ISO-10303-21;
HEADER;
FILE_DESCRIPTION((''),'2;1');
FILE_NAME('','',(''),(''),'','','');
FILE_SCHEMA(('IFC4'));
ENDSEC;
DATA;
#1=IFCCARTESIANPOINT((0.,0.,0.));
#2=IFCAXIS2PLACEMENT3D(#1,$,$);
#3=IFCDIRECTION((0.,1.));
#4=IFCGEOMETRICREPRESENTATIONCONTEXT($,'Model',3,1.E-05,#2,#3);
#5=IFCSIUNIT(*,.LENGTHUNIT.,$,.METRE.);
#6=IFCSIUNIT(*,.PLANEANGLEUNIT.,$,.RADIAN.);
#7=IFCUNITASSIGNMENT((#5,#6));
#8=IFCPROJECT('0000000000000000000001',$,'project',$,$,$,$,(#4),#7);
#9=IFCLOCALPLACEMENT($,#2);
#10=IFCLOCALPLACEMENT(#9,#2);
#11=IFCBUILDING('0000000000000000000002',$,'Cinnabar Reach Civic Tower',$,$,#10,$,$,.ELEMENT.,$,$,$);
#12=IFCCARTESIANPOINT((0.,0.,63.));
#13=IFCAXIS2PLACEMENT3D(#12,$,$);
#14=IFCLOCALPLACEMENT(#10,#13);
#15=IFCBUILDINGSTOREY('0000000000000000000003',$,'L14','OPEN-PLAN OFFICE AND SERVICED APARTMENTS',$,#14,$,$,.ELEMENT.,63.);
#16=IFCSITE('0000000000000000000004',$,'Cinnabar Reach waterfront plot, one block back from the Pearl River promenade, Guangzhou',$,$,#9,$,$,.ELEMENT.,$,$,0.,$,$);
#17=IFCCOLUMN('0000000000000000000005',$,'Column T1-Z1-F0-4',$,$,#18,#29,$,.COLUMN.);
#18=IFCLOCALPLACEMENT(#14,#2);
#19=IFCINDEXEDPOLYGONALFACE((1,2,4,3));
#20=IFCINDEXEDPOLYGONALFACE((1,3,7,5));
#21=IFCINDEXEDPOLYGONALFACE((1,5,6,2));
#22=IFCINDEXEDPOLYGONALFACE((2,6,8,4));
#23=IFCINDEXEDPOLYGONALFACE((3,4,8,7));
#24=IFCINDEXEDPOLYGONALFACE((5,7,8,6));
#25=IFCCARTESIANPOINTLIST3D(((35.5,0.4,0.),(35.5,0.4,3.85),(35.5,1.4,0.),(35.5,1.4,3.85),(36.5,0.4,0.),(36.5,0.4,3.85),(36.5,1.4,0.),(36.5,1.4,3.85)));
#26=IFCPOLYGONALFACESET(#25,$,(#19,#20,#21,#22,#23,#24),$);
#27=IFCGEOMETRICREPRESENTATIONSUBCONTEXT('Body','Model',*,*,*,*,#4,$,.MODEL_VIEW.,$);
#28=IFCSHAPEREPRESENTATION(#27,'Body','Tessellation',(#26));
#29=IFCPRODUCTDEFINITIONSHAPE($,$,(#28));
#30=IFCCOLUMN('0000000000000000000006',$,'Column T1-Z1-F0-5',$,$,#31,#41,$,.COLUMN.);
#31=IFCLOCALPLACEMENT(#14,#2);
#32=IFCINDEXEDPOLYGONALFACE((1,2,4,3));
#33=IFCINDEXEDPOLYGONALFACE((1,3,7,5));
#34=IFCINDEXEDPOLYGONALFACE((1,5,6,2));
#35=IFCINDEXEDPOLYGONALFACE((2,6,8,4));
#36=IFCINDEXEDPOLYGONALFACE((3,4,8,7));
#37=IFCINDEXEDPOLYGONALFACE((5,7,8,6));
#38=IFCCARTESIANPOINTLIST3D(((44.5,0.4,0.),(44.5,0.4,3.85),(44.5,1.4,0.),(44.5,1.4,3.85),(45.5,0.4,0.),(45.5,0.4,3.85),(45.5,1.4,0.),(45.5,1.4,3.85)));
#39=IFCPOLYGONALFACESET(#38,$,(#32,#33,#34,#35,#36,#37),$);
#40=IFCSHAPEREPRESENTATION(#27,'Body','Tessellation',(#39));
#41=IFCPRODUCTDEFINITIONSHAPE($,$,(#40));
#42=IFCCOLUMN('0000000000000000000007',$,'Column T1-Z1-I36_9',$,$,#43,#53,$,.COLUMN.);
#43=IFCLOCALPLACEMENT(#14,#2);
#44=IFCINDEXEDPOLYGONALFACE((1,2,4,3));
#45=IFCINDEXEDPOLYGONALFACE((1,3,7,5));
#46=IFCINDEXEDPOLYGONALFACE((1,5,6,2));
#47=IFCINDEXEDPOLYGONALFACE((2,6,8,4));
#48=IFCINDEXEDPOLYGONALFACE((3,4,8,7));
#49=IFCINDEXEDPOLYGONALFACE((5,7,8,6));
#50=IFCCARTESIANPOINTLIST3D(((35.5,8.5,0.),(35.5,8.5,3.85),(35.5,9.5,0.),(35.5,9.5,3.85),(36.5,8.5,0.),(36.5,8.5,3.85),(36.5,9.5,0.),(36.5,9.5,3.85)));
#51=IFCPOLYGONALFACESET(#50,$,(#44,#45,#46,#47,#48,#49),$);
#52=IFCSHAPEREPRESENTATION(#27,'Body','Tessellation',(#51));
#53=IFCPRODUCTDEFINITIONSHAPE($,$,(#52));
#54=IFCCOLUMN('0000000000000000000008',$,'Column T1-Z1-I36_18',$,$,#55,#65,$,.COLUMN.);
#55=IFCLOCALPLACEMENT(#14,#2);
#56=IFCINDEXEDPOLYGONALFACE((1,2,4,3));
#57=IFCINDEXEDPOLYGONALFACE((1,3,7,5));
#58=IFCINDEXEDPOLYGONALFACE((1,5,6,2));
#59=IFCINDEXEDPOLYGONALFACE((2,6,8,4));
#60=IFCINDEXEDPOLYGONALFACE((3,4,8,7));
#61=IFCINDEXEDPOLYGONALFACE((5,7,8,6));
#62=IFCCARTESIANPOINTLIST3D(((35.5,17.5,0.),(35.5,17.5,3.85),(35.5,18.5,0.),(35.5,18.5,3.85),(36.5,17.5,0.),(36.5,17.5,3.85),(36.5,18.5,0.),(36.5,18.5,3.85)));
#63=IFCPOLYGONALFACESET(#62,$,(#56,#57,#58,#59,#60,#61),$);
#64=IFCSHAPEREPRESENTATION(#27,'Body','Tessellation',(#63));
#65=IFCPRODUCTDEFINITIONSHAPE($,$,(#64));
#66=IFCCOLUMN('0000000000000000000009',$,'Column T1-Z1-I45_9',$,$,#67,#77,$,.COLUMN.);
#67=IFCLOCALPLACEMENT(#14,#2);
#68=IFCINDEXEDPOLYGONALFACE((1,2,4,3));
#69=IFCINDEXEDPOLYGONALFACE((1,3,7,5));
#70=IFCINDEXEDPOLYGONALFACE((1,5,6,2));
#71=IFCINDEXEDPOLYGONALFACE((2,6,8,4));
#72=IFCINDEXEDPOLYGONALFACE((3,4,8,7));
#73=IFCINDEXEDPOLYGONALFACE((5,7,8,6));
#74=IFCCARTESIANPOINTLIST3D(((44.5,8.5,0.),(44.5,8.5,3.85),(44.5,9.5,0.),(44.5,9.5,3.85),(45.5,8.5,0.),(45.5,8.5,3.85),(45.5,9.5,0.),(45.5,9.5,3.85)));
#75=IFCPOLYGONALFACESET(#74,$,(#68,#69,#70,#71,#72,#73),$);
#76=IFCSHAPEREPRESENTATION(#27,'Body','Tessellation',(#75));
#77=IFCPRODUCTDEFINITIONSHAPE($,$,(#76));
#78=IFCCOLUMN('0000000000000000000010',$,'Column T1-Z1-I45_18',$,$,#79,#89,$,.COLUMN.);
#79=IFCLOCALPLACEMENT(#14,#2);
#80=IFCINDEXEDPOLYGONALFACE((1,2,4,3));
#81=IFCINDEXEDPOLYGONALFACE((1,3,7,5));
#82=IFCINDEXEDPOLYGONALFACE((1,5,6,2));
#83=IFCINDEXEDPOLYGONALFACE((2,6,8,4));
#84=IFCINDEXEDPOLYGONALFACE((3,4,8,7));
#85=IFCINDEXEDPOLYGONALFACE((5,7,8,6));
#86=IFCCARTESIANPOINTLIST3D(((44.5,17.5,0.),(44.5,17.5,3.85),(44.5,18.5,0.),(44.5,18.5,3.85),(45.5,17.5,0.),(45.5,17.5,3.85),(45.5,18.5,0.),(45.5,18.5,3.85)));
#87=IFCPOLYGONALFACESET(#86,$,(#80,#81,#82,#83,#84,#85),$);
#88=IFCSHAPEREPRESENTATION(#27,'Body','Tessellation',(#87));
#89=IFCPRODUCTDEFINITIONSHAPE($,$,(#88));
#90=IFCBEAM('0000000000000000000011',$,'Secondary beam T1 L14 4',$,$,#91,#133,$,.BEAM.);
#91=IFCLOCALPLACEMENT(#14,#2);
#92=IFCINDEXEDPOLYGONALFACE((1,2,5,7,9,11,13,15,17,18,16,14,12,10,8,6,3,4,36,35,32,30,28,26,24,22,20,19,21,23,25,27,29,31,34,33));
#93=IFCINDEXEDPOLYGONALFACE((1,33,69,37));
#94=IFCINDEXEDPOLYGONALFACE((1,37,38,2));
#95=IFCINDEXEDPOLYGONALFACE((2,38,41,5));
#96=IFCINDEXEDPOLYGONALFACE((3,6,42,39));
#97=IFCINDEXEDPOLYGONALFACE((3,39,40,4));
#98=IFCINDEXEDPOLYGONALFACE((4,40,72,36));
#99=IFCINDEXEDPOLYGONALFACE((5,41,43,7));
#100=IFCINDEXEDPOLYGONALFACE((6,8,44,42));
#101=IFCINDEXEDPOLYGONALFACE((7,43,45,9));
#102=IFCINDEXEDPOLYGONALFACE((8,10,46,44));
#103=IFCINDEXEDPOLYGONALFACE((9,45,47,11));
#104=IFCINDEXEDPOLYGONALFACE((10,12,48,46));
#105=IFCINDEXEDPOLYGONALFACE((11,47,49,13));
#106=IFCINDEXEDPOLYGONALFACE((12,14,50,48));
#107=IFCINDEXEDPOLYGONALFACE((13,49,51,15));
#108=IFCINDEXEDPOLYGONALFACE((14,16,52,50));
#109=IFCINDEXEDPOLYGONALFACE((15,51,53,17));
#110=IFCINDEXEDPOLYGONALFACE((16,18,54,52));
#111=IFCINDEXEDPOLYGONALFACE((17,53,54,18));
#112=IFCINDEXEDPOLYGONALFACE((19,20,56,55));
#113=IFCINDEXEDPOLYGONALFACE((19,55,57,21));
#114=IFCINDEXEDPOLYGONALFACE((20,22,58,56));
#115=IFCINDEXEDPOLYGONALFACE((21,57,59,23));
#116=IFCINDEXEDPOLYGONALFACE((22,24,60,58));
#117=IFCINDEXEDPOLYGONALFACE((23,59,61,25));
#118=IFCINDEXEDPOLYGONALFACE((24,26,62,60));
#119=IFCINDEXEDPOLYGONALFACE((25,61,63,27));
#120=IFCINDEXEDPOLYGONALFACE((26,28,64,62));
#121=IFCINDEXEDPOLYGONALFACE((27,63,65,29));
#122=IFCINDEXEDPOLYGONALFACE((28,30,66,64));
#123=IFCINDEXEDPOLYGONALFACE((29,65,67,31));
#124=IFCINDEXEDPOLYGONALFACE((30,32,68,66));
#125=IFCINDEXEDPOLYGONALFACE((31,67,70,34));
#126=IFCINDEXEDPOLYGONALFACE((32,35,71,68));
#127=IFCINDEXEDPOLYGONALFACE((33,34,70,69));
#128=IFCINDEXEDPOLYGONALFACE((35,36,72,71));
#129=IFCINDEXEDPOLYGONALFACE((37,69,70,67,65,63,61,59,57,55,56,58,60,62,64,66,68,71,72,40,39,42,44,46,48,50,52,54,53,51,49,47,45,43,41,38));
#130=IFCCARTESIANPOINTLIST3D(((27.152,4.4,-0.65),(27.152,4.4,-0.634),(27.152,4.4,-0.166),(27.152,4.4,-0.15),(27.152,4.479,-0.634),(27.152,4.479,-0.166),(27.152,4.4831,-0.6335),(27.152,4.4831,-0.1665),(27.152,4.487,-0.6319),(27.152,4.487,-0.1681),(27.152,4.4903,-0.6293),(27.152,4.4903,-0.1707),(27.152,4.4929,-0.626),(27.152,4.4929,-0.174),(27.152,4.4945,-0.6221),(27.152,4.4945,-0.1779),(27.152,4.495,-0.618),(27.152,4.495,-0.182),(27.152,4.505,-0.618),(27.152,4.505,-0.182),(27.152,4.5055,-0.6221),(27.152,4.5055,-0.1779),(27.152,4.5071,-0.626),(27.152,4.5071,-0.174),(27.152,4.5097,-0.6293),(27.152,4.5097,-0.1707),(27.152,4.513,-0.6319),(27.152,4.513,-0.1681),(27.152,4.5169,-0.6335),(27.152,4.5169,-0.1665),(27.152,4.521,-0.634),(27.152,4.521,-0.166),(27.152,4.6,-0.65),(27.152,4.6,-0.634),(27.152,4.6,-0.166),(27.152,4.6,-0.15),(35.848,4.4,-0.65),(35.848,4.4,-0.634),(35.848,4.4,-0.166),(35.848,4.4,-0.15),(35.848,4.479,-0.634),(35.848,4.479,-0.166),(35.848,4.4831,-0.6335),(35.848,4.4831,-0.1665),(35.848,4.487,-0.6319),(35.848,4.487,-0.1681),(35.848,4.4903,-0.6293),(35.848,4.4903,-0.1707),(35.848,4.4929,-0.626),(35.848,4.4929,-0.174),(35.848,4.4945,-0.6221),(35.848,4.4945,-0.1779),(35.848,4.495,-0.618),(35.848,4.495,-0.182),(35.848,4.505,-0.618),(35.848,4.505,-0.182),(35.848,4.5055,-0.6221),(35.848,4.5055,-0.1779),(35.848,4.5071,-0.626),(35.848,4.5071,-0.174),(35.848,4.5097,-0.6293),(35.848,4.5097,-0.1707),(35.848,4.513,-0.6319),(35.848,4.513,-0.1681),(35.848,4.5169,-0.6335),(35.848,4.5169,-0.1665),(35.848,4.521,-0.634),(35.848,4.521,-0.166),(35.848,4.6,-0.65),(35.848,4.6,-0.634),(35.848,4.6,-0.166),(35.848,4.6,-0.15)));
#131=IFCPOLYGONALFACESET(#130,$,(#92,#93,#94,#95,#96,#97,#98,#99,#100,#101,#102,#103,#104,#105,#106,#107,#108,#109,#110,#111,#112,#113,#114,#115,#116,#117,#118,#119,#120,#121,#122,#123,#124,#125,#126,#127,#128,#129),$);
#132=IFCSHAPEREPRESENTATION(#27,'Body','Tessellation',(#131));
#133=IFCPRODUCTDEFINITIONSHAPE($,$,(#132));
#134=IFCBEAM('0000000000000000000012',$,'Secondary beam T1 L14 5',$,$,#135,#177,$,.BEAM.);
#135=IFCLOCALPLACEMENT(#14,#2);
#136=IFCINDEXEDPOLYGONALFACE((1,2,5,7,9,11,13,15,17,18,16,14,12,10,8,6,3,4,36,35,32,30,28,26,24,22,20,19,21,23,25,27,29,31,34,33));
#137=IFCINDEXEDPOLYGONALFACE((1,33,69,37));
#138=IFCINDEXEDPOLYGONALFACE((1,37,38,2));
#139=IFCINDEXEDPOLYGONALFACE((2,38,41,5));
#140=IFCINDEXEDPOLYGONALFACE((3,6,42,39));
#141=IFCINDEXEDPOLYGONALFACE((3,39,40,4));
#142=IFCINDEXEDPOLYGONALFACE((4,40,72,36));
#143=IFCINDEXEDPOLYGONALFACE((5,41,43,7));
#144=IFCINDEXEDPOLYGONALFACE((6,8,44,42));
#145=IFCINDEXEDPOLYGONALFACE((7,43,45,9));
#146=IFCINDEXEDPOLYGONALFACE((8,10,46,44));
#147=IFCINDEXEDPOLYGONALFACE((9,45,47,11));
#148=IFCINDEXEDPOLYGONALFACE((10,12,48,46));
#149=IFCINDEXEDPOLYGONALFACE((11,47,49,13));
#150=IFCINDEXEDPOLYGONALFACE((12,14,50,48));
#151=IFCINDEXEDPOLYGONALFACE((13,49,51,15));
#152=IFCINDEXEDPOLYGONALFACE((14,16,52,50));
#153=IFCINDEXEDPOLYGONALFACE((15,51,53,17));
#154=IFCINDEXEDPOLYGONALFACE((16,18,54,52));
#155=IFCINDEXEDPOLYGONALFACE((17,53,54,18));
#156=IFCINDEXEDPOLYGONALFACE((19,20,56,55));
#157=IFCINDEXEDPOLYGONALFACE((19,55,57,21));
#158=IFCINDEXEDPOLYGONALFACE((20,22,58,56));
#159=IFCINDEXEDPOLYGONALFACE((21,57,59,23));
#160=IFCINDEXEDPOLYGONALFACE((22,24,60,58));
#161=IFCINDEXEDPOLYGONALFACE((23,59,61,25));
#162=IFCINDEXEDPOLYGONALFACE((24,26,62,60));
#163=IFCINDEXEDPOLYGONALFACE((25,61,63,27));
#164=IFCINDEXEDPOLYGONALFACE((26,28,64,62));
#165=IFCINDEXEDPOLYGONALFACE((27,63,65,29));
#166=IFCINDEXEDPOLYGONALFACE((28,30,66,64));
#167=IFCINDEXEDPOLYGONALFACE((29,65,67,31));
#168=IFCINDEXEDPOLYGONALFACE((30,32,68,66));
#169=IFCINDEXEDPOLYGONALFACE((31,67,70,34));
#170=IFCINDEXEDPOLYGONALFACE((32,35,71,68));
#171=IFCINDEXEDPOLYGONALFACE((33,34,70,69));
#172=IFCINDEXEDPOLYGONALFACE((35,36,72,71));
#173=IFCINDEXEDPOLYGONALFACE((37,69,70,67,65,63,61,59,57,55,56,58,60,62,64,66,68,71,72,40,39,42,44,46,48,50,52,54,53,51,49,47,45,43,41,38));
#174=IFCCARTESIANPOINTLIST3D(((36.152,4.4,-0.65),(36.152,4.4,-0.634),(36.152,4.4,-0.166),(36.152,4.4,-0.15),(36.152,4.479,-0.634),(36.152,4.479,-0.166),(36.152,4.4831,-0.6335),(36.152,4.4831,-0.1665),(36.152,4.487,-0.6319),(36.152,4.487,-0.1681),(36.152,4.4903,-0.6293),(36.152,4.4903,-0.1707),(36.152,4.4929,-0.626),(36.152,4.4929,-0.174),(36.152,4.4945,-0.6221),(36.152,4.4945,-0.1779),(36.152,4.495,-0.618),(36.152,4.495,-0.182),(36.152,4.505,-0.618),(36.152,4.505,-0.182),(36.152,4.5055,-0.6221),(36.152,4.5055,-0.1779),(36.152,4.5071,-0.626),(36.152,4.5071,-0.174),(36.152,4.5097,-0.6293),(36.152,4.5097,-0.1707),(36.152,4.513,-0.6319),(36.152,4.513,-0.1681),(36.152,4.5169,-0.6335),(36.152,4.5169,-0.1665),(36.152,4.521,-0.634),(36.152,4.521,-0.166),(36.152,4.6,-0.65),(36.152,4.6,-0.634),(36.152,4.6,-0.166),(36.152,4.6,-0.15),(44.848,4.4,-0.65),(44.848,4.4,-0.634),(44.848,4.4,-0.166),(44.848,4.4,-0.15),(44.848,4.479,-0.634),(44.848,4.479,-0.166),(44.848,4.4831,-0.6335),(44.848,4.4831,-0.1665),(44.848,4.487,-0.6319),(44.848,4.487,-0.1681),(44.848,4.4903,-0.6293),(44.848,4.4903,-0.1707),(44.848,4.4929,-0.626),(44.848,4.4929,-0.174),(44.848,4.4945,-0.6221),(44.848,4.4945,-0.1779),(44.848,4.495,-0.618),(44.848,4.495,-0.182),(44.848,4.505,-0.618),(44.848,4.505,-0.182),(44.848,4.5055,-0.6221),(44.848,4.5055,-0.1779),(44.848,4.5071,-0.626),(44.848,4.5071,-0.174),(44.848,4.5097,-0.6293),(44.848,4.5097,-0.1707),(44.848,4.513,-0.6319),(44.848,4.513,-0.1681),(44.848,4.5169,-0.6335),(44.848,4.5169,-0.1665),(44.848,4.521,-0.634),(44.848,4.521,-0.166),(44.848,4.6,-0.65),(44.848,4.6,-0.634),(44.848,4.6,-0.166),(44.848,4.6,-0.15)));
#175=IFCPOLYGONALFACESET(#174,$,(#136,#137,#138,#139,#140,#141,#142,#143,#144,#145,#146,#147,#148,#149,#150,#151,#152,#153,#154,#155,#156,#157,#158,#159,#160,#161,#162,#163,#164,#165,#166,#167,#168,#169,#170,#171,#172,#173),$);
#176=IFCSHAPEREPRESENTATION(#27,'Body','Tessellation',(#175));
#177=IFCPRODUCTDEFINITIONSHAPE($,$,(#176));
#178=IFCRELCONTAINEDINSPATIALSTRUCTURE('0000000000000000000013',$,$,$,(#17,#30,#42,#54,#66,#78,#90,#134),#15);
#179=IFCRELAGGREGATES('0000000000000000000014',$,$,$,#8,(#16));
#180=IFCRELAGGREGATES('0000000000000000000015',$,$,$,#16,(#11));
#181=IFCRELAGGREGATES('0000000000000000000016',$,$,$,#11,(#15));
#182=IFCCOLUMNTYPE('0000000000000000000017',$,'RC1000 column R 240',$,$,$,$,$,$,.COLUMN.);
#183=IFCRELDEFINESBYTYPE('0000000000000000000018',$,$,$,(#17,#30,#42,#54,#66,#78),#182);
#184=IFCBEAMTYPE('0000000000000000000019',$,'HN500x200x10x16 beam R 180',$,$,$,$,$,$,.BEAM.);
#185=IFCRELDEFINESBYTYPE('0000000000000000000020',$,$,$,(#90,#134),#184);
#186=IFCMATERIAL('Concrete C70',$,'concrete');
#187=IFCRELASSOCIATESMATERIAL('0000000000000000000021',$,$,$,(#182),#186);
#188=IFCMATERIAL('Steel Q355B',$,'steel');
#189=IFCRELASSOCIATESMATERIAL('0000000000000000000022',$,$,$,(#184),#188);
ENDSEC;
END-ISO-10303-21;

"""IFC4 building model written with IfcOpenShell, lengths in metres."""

from ifc_helpers import new_model, si_unit, direction, frame, origin, origin_2d, place, context, subcontext, project, spatial, rectangle, i_section, extrude, material, material_profile, profile_set, type_object, element, save


model = new_model("IFC4")

# Units and contexts
model_context = context("Model", 3, precision=1e-05, world=origin(), true_north=direction((0.0, 1.0)))
body_context = subcontext(model_context, "Body", "Model", "MODEL_VIEW")
ifc_project = project(units=[si_unit("LENGTHUNIT", "METRE"), si_unit("PLANEANGLEUNIT", "RADIAN")], contexts=[model_context])

# Site, building, storey
site_placement = place(None, origin())
site = spatial("IfcSite", under=ifc_project, at=site_placement, Name="Cinnabar Reach waterfront plot, one block back from the Pearl River promenade, Guangzhou", CompositionType="ELEMENT", RefElevation=0.0)
building_placement = place(site_placement, origin())
building = spatial("IfcBuilding", under=site, at=building_placement, Name="Cinnabar Reach Civic Tower", CompositionType="ELEMENT")
storey_placement = place(building_placement, frame((0.0, 0.0, 63.0)))
storey = spatial("IfcBuildingStorey", under=building, at=storey_placement, Name="L14", Description="OPEN-PLAN OFFICE AND SERVICED APARTMENTS", CompositionType="ELEMENT", Elevation=63.0)

# Columns
ifc_material_1 = material(Name="Concrete C70", Category="concrete")
ifc_material_profile_1 = material_profile(ifc_material_1, rectangle(XDim=1.0, YDim=1.0, at=origin_2d()), Name="RC1000")
ifc_profile_set_1 = profile_set([ifc_material_profile_1], Name="Concrete C70")
column_type = type_object("IfcColumnType", Name="RC1000 column R 240", PredefinedType="COLUMN", material=ifc_profile_set_1)
for number, where, z_axis, x_axis, name in (
    (1, (36.0, 0.9, 0.0), (0.0, 0.0, 1.0), (1.0, 0.0, 0.0), "Column T1-Z1-F0-4"),
    (2, (45.0, 0.9, 0.0), (0.0, 0.0, 1.0), (1.0, 0.0, 0.0), "Column T1-Z1-F0-5"),
    (3, (36.0, 9.0, 0.0), (0.0, 0.0, 1.0), (1.0, 0.0, 0.0), "Column T1-Z1-I36_9"),
    (4, (36.0, 18.0, 0.0), (0.0, 0.0, 1.0), (1.0, 0.0, 0.0), "Column T1-Z1-I36_18"),
    (5, (45.0, 9.0, 0.0), (0.0, 0.0, 1.0), (1.0, 0.0, 0.0), "Column T1-Z1-I45_9"),
    (6, (45.0, 18.0, 0.0), (0.0, 0.0, 1.0), (1.0, 0.0, 0.0), "Column T1-Z1-I45_18"),
):
    element("IfcColumn", number, at=place(storey_placement, frame(where, z_axis=z_axis, x_axis=x_axis)), inside=storey, type_object=column_type, Name=name, PredefinedType="COLUMN", context=body_context, shape_type="SweptSolid", body=[
        extrude(rectangle(XDim=1.0, YDim=1.0, at=origin_2d()), origin(), (0.0, 0.0, 1.0), 3.85),
    ])

# Beams
ifc_material_2 = material(Name="Steel Q355B", Category="steel")
ifc_material_profile_2 = material_profile(ifc_material_2, i_section(OverallWidth=0.2, OverallDepth=0.5, WebThickness=0.01, FlangeThickness=0.016, FilletRadius=0.016, at=origin_2d()), Name="HN500x200x10x16")
ifc_profile_set_2 = profile_set([ifc_material_profile_2], Name="Steel Q355B")
beam_type_1 = type_object("IfcBeamType", Name="HN500x200x10x16 beam R 180", PredefinedType="BEAM", material=ifc_profile_set_2)
for number, where, z_axis, x_axis, name in (
    (7, (27.152, 4.5, -0.4), (1.0, 0.0, 0.0), (0.0, 1.0, 0.0), "Secondary beam T1 L14 4"),
    (8, (36.152, 4.5, -0.4), (1.0, 0.0, 0.0), (0.0, 1.0, 0.0), "Secondary beam T1 L14 5"),
):
    element("IfcBeam", number, at=place(storey_placement, frame(where, z_axis=z_axis, x_axis=x_axis)), inside=storey, type_object=beam_type_1, Name=name, PredefinedType="BEAM", context=body_context, shape_type="SweptSolid", body=[
        extrude(i_section(OverallWidth=0.2, OverallDepth=0.5, WebThickness=0.01, FlangeThickness=0.016, FilletRadius=0.016, at=origin_2d()), origin(), (0.0, 0.0, 1.0), 8.696),
    ])

save(model, "model.ifc")
